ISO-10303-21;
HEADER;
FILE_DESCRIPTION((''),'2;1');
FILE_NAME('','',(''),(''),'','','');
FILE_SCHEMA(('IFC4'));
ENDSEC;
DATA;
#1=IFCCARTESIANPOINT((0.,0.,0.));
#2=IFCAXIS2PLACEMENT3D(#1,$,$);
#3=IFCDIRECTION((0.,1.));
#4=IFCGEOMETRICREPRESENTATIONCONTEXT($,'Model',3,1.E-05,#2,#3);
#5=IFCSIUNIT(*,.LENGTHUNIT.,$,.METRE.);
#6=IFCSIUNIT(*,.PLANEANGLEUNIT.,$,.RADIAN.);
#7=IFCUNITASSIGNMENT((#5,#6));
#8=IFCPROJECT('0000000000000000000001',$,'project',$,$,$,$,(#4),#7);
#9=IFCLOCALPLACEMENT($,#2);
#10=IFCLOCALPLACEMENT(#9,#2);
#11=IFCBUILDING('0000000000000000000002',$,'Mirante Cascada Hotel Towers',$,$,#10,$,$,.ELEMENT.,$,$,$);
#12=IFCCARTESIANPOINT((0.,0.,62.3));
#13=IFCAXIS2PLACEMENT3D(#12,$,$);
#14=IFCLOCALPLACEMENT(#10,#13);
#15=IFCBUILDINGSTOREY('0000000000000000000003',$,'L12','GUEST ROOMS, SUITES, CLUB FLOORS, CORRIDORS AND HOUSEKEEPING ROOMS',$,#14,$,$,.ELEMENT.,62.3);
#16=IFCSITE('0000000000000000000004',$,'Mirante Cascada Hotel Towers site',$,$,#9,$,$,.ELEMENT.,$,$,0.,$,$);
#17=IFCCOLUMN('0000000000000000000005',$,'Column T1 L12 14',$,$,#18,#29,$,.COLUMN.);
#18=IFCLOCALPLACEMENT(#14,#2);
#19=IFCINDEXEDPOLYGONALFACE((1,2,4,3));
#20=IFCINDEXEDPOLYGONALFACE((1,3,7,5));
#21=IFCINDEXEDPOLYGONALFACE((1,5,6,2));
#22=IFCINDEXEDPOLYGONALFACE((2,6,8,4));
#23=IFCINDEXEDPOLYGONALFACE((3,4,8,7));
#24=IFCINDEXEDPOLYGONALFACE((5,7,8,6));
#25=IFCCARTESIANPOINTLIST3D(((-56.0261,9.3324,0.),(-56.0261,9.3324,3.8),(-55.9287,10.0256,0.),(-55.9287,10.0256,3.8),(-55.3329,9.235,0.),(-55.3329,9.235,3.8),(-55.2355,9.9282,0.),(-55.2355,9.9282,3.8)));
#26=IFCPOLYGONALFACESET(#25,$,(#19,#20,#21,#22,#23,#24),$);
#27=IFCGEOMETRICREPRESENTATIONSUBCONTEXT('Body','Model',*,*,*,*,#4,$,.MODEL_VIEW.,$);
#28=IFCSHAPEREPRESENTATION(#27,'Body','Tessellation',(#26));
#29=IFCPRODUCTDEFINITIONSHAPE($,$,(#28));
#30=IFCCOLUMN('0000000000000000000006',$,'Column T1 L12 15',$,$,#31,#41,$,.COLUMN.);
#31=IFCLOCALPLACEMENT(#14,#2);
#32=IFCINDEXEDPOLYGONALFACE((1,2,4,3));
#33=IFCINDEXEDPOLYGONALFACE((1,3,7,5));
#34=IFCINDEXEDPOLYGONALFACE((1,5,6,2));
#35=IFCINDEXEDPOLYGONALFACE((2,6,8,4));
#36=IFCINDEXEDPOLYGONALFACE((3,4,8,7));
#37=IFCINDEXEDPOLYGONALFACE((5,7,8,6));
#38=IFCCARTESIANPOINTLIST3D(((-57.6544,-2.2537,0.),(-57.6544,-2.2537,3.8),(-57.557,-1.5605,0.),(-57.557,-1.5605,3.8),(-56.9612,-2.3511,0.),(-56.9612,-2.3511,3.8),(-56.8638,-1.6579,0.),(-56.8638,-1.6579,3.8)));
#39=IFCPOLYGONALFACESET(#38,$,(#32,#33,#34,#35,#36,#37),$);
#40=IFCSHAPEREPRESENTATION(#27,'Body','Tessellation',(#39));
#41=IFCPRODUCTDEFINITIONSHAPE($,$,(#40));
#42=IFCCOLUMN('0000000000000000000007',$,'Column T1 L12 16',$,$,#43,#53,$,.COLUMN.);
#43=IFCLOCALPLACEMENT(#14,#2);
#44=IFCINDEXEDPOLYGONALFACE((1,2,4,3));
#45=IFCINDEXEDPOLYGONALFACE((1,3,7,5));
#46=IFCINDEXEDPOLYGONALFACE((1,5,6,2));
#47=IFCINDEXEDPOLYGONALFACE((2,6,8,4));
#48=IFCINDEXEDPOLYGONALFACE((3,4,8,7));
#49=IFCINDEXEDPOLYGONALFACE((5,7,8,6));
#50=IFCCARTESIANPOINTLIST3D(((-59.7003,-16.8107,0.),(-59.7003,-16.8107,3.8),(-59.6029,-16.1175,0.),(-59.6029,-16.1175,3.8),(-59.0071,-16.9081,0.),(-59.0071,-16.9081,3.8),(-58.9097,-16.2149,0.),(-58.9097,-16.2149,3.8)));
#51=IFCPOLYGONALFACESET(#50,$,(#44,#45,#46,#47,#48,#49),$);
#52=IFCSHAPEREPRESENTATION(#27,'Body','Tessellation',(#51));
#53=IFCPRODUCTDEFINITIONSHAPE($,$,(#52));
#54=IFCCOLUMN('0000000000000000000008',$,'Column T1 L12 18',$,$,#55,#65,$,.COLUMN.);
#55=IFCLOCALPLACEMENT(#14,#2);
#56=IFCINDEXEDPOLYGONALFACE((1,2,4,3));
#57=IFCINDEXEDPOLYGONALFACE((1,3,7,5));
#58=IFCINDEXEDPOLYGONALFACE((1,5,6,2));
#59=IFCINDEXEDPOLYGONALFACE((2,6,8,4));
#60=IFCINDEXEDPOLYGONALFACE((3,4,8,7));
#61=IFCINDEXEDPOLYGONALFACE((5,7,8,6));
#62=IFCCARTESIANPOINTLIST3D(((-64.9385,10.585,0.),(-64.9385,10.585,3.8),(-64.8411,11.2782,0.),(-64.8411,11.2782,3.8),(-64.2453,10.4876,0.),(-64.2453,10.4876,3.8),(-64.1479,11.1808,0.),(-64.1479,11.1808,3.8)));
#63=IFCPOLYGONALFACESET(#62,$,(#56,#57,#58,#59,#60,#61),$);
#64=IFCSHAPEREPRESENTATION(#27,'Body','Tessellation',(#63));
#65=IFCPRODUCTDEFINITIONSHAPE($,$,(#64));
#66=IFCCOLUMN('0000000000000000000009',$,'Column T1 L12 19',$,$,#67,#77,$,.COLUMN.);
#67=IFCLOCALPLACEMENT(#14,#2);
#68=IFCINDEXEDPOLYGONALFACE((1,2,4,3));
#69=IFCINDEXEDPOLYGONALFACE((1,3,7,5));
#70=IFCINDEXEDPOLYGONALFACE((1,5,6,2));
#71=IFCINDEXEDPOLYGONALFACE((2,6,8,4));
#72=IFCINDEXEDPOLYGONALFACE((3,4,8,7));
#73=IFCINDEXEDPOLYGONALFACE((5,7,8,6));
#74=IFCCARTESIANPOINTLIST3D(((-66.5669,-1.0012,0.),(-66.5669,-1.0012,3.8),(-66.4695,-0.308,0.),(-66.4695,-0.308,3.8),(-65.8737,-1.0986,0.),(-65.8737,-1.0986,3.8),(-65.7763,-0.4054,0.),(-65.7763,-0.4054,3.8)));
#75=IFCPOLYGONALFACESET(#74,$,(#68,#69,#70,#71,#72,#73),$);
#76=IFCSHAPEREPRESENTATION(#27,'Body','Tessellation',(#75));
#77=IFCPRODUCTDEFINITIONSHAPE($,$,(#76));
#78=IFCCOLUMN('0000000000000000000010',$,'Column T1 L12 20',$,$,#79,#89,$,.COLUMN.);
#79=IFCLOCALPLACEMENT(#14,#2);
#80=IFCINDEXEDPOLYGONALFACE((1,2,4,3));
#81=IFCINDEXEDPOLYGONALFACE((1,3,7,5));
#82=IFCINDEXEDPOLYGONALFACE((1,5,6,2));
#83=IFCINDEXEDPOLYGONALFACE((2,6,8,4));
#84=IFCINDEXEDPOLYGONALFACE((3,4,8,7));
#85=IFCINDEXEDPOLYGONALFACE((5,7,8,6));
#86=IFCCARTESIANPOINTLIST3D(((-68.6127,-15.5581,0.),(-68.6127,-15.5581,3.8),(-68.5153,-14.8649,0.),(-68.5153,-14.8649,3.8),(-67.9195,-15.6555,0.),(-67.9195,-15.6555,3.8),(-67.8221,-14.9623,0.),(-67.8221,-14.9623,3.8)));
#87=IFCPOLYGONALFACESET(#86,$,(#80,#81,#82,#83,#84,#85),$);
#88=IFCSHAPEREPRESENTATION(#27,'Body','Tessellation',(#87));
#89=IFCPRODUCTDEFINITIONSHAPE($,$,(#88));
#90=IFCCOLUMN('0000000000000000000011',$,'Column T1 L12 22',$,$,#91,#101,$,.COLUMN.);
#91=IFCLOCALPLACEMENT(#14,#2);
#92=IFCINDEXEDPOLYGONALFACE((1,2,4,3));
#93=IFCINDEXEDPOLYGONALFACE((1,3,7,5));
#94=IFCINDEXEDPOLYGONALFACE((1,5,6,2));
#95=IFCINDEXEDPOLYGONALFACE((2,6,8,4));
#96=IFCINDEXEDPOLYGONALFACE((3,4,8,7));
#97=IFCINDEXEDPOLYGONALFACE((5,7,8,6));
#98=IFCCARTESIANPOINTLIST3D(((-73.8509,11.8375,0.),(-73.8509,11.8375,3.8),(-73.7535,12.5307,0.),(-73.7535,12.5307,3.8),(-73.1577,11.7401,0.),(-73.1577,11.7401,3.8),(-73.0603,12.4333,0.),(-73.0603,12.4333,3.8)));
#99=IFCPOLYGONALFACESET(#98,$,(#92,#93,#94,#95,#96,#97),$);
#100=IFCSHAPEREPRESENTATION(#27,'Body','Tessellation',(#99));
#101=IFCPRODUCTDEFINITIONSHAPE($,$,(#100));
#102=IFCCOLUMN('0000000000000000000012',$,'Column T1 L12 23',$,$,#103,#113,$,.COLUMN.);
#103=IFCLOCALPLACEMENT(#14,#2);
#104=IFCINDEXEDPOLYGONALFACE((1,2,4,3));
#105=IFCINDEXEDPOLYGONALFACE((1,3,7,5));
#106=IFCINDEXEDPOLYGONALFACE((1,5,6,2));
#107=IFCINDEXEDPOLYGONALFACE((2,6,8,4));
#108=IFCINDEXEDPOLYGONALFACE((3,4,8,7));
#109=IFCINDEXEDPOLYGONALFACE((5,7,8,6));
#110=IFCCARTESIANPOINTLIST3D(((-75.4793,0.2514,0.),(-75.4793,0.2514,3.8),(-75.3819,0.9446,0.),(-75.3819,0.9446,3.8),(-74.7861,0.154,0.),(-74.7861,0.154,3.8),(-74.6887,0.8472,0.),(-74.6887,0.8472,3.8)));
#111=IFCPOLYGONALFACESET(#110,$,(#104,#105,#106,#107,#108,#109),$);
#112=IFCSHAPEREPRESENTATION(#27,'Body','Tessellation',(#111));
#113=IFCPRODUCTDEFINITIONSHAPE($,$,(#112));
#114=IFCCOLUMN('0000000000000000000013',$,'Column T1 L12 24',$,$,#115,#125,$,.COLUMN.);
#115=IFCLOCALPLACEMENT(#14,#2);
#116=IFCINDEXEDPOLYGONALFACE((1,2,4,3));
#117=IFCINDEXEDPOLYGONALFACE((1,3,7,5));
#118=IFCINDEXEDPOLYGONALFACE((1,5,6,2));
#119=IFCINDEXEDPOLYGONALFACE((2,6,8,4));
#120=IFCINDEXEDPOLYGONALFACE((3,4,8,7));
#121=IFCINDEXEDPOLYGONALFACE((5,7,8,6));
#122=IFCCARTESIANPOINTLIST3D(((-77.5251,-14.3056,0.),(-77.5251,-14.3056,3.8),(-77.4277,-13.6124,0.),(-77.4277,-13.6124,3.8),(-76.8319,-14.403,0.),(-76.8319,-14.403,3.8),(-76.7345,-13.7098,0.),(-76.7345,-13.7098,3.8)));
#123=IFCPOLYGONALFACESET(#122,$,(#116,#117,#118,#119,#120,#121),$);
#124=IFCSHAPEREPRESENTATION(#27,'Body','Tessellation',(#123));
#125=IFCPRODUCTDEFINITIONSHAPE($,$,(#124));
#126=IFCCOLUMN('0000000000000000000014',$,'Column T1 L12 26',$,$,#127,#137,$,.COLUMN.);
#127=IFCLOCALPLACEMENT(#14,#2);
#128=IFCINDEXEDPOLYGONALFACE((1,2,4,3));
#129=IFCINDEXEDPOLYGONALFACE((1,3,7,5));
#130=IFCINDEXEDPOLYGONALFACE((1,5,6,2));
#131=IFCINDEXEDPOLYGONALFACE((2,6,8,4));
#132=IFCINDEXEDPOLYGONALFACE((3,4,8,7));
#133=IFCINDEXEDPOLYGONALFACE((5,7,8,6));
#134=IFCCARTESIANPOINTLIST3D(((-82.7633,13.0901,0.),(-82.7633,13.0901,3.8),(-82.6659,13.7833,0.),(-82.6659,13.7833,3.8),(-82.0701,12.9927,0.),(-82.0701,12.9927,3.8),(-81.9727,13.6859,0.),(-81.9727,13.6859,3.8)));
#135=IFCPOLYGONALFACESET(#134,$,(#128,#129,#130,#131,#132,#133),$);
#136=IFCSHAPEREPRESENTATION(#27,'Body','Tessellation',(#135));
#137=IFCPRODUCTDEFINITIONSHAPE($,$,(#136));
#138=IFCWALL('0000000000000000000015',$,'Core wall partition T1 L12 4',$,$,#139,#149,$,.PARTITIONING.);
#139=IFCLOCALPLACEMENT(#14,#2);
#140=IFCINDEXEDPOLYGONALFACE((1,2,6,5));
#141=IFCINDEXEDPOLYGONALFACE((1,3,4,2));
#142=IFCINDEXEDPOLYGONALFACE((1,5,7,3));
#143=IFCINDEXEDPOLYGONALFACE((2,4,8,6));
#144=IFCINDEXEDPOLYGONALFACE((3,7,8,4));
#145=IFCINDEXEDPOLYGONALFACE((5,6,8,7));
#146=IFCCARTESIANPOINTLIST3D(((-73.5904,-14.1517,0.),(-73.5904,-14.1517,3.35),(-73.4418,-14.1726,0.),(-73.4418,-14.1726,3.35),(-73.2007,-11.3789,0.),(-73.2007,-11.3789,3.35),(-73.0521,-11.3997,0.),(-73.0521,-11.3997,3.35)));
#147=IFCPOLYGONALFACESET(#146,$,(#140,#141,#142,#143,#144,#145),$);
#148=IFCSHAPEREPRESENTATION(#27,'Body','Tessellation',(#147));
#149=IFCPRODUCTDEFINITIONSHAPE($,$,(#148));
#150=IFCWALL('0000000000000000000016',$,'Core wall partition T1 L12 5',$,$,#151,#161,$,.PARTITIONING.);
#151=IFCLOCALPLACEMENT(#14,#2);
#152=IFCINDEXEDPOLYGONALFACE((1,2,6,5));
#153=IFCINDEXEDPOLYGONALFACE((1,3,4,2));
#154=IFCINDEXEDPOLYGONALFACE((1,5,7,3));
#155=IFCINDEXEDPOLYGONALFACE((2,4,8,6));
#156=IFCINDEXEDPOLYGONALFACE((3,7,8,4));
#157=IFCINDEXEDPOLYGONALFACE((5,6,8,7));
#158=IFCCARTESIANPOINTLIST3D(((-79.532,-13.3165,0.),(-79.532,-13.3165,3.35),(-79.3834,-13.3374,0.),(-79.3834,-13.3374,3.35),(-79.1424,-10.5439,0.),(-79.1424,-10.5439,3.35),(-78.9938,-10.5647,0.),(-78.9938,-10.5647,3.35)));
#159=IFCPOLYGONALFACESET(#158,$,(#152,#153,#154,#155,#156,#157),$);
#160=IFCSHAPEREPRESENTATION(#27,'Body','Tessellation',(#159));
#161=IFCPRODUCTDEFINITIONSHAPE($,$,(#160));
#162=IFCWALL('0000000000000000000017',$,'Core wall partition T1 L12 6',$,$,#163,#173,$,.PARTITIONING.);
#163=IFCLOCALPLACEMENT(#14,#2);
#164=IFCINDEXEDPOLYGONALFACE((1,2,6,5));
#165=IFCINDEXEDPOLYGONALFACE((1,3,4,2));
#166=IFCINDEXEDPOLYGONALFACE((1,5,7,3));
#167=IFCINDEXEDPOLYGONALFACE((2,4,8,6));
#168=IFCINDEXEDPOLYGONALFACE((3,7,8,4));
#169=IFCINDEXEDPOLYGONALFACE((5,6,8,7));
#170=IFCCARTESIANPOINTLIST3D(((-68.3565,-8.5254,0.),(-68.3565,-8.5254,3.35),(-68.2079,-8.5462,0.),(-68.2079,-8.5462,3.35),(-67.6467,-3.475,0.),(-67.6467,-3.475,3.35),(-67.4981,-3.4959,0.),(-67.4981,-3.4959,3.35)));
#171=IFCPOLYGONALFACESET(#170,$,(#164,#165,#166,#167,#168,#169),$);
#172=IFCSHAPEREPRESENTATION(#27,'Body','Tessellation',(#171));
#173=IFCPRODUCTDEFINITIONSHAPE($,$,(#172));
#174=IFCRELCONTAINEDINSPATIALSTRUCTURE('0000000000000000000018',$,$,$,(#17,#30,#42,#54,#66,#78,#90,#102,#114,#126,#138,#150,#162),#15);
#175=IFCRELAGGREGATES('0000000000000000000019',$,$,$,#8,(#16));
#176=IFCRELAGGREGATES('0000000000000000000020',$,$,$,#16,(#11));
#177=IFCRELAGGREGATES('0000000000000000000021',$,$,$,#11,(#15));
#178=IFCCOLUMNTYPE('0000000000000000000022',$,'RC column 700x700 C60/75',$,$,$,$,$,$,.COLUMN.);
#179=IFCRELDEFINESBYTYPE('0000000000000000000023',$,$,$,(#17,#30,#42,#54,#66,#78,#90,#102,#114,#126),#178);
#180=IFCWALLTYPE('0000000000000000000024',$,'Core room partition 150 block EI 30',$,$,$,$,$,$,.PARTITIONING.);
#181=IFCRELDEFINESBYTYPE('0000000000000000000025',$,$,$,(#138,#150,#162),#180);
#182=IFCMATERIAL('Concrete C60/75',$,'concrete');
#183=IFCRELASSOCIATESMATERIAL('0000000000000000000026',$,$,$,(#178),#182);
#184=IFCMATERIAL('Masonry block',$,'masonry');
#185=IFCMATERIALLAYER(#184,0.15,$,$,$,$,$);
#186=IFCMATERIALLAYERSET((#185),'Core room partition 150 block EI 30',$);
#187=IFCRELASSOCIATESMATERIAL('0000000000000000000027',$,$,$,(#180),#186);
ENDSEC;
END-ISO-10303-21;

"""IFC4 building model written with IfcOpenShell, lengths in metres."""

from ifc_helpers import new_model, si_unit, direction, frame, frame_2d, origin, origin_2d, place, context, subcontext, project, spatial, rectangle, extrude, material, layer, layer_set, material_profile, profile_set, type_object, element, save


model = new_model("IFC4")

# Units and contexts
model_context = context("Model", 3, precision=1e-05, world=origin(), true_north=direction((0.0, 1.0)))
body_context = subcontext(model_context, "Body", "Model", "MODEL_VIEW")
ifc_project = project(units=[si_unit("LENGTHUNIT", "METRE"), si_unit("PLANEANGLEUNIT", "RADIAN")], contexts=[model_context])

# Site, building, storey
site_placement = place(None, origin())
site = spatial("IfcSite", under=ifc_project, at=site_placement, Name="Mirante Cascada Hotel Towers site", CompositionType="ELEMENT", RefElevation=0.0)
building_placement = place(site_placement, origin())
building = spatial("IfcBuilding", under=site, at=building_placement, Name="Mirante Cascada Hotel Towers", CompositionType="ELEMENT")
storey_placement = place(building_placement, frame((0.0, 0.0, 62.3)))
storey = spatial("IfcBuildingStorey", under=building, at=storey_placement, Name="L12", Description="GUEST ROOMS, SUITES, CLUB FLOORS, CORRIDORS AND HOUSEKEEPING ROOMS", CompositionType="ELEMENT", Elevation=62.3)

# Columns
ifc_material_1 = material(Name="Concrete C60/75", Category="concrete")
ifc_material_profile = material_profile(ifc_material_1, rectangle(XDim=0.7, YDim=0.7, at=origin_2d()), Name="RC column 700x700 C60/75")
ifc_profile_set = profile_set([ifc_material_profile], Name="Concrete C60/75")
column_type = type_object("IfcColumnType", Name="RC column 700x700 C60/75", PredefinedType="COLUMN", material=ifc_profile_set)
for number, where, z_axis, x_axis, name in (
    (1, (-55.6308, 9.6303, 0.0), (0.0, 0.0, 1.0), (-0.990268, 0.139173, 0.0), "Column T1 L12 14"),
    (2, (-57.2591, -1.9558, 0.0), (0.0, 0.0, 1.0), (-0.990268, 0.139173, 0.0), "Column T1 L12 15"),
    (3, (-59.305, -16.5128, 0.0), (0.0, 0.0, 1.0), (-0.990268, 0.139173, 0.0), "Column T1 L12 16"),
    (4, (-64.5432, 10.8829, 0.0), (0.0, 0.0, 1.0), (-0.990268, 0.139173, 0.0), "Column T1 L12 18"),
    (5, (-66.1716, -0.7033, 0.0), (0.0, 0.0, 1.0), (-0.990268, 0.139173, 0.0), "Column T1 L12 19"),
    (6, (-68.2174, -15.2602, 0.0), (0.0, 0.0, 1.0), (-0.990268, 0.139173, 0.0), "Column T1 L12 20"),
    (7, (-73.4556, 12.1354, 0.0), (0.0, 0.0, 1.0), (-0.990268, 0.139173, 0.0), "Column T1 L12 22"),
    (8, (-75.084, 0.5493, 0.0), (0.0, 0.0, 1.0), (-0.990268, 0.139173, 0.0), "Column T1 L12 23"),
    (9, (-77.1298, -14.0077, 0.0), (0.0, 0.0, 1.0), (-0.990268, 0.139173, 0.0), "Column T1 L12 24"),
    (10, (-82.368, 13.388, 0.0), (0.0, 0.0, 1.0), (-0.990268, 0.139173, 0.0), "Column T1 L12 26"),
):
    element("IfcColumn", number, at=place(storey_placement, frame(where, z_axis=z_axis, x_axis=x_axis)), inside=storey, type_object=column_type, Name=name, PredefinedType="COLUMN", context=body_context, shape_type="SweptSolid", body=[
        extrude(rectangle(XDim=0.7, YDim=0.7, at=origin_2d()), origin(), (0.0, 0.0, 1.0), 3.8),
    ])

# Walls
ifc_material_2 = material(Name="Masonry block", Category="masonry")
ifc_layer_1 = layer(ifc_material_2, 0.15)
ifc_layer_set_1 = layer_set([ifc_layer_1], Name="Core room partition 150 block EI 30")
wall_type_1 = type_object("IfcWallType", Name="Core room partition 150 block EI 30", PredefinedType="PARTITIONING", material=ifc_layer_set_1)
wall_1_placement = place(storey_placement, frame((-73.5161, -14.1621, 0.0), z_axis=(0.0, 0.0, 1.0), x_axis=(0.139176, 0.990268, 0.0)))
element("IfcWall", 11, at=wall_1_placement, inside=storey, type_object=wall_type_1, Name="Core wall partition T1 L12 4", PredefinedType="PARTITIONING", context=body_context, shape_type="SweptSolid", body=[
    extrude(rectangle(XDim=2.8001, YDim=0.15, at=frame_2d((1.4, 0.0))), origin(), (0.0, 0.0, 1.0), 3.35),
])
wall_2_placement = place(storey_placement, frame((-79.4577, -13.327, 0.0), z_axis=(0.0, 0.0, 1.0), x_axis=(0.139146, 0.990272, 0.0)))
element("IfcWall", 12, at=wall_2_placement, inside=storey, type_object=wall_type_1, Name="Core wall partition T1 L12 5", PredefinedType="PARTITIONING", context=body_context, shape_type="SweptSolid", body=[
    extrude(rectangle(XDim=2.7999, YDim=0.15, at=frame_2d((1.4, 0.0))), origin(), (0.0, 0.0, 1.0), 3.35),
])
wall_3_placement = place(storey_placement, frame((-68.2822, -8.5358, 0.0), z_axis=(0.0, 0.0, 1.0), x_axis=(0.139176, 0.990268, 0.0)))
element("IfcWall", 13, at=wall_3_placement, inside=storey, type_object=wall_type_1, Name="Core wall partition T1 L12 6", PredefinedType="PARTITIONING", context=body_context, shape_type="SweptSolid", body=[
    extrude(rectangle(XDim=5.1, YDim=0.15, at=frame_2d((2.55, 0.0))), origin(), (0.0, 0.0, 1.0), 3.35),
])

save(model, "model.ifc")
